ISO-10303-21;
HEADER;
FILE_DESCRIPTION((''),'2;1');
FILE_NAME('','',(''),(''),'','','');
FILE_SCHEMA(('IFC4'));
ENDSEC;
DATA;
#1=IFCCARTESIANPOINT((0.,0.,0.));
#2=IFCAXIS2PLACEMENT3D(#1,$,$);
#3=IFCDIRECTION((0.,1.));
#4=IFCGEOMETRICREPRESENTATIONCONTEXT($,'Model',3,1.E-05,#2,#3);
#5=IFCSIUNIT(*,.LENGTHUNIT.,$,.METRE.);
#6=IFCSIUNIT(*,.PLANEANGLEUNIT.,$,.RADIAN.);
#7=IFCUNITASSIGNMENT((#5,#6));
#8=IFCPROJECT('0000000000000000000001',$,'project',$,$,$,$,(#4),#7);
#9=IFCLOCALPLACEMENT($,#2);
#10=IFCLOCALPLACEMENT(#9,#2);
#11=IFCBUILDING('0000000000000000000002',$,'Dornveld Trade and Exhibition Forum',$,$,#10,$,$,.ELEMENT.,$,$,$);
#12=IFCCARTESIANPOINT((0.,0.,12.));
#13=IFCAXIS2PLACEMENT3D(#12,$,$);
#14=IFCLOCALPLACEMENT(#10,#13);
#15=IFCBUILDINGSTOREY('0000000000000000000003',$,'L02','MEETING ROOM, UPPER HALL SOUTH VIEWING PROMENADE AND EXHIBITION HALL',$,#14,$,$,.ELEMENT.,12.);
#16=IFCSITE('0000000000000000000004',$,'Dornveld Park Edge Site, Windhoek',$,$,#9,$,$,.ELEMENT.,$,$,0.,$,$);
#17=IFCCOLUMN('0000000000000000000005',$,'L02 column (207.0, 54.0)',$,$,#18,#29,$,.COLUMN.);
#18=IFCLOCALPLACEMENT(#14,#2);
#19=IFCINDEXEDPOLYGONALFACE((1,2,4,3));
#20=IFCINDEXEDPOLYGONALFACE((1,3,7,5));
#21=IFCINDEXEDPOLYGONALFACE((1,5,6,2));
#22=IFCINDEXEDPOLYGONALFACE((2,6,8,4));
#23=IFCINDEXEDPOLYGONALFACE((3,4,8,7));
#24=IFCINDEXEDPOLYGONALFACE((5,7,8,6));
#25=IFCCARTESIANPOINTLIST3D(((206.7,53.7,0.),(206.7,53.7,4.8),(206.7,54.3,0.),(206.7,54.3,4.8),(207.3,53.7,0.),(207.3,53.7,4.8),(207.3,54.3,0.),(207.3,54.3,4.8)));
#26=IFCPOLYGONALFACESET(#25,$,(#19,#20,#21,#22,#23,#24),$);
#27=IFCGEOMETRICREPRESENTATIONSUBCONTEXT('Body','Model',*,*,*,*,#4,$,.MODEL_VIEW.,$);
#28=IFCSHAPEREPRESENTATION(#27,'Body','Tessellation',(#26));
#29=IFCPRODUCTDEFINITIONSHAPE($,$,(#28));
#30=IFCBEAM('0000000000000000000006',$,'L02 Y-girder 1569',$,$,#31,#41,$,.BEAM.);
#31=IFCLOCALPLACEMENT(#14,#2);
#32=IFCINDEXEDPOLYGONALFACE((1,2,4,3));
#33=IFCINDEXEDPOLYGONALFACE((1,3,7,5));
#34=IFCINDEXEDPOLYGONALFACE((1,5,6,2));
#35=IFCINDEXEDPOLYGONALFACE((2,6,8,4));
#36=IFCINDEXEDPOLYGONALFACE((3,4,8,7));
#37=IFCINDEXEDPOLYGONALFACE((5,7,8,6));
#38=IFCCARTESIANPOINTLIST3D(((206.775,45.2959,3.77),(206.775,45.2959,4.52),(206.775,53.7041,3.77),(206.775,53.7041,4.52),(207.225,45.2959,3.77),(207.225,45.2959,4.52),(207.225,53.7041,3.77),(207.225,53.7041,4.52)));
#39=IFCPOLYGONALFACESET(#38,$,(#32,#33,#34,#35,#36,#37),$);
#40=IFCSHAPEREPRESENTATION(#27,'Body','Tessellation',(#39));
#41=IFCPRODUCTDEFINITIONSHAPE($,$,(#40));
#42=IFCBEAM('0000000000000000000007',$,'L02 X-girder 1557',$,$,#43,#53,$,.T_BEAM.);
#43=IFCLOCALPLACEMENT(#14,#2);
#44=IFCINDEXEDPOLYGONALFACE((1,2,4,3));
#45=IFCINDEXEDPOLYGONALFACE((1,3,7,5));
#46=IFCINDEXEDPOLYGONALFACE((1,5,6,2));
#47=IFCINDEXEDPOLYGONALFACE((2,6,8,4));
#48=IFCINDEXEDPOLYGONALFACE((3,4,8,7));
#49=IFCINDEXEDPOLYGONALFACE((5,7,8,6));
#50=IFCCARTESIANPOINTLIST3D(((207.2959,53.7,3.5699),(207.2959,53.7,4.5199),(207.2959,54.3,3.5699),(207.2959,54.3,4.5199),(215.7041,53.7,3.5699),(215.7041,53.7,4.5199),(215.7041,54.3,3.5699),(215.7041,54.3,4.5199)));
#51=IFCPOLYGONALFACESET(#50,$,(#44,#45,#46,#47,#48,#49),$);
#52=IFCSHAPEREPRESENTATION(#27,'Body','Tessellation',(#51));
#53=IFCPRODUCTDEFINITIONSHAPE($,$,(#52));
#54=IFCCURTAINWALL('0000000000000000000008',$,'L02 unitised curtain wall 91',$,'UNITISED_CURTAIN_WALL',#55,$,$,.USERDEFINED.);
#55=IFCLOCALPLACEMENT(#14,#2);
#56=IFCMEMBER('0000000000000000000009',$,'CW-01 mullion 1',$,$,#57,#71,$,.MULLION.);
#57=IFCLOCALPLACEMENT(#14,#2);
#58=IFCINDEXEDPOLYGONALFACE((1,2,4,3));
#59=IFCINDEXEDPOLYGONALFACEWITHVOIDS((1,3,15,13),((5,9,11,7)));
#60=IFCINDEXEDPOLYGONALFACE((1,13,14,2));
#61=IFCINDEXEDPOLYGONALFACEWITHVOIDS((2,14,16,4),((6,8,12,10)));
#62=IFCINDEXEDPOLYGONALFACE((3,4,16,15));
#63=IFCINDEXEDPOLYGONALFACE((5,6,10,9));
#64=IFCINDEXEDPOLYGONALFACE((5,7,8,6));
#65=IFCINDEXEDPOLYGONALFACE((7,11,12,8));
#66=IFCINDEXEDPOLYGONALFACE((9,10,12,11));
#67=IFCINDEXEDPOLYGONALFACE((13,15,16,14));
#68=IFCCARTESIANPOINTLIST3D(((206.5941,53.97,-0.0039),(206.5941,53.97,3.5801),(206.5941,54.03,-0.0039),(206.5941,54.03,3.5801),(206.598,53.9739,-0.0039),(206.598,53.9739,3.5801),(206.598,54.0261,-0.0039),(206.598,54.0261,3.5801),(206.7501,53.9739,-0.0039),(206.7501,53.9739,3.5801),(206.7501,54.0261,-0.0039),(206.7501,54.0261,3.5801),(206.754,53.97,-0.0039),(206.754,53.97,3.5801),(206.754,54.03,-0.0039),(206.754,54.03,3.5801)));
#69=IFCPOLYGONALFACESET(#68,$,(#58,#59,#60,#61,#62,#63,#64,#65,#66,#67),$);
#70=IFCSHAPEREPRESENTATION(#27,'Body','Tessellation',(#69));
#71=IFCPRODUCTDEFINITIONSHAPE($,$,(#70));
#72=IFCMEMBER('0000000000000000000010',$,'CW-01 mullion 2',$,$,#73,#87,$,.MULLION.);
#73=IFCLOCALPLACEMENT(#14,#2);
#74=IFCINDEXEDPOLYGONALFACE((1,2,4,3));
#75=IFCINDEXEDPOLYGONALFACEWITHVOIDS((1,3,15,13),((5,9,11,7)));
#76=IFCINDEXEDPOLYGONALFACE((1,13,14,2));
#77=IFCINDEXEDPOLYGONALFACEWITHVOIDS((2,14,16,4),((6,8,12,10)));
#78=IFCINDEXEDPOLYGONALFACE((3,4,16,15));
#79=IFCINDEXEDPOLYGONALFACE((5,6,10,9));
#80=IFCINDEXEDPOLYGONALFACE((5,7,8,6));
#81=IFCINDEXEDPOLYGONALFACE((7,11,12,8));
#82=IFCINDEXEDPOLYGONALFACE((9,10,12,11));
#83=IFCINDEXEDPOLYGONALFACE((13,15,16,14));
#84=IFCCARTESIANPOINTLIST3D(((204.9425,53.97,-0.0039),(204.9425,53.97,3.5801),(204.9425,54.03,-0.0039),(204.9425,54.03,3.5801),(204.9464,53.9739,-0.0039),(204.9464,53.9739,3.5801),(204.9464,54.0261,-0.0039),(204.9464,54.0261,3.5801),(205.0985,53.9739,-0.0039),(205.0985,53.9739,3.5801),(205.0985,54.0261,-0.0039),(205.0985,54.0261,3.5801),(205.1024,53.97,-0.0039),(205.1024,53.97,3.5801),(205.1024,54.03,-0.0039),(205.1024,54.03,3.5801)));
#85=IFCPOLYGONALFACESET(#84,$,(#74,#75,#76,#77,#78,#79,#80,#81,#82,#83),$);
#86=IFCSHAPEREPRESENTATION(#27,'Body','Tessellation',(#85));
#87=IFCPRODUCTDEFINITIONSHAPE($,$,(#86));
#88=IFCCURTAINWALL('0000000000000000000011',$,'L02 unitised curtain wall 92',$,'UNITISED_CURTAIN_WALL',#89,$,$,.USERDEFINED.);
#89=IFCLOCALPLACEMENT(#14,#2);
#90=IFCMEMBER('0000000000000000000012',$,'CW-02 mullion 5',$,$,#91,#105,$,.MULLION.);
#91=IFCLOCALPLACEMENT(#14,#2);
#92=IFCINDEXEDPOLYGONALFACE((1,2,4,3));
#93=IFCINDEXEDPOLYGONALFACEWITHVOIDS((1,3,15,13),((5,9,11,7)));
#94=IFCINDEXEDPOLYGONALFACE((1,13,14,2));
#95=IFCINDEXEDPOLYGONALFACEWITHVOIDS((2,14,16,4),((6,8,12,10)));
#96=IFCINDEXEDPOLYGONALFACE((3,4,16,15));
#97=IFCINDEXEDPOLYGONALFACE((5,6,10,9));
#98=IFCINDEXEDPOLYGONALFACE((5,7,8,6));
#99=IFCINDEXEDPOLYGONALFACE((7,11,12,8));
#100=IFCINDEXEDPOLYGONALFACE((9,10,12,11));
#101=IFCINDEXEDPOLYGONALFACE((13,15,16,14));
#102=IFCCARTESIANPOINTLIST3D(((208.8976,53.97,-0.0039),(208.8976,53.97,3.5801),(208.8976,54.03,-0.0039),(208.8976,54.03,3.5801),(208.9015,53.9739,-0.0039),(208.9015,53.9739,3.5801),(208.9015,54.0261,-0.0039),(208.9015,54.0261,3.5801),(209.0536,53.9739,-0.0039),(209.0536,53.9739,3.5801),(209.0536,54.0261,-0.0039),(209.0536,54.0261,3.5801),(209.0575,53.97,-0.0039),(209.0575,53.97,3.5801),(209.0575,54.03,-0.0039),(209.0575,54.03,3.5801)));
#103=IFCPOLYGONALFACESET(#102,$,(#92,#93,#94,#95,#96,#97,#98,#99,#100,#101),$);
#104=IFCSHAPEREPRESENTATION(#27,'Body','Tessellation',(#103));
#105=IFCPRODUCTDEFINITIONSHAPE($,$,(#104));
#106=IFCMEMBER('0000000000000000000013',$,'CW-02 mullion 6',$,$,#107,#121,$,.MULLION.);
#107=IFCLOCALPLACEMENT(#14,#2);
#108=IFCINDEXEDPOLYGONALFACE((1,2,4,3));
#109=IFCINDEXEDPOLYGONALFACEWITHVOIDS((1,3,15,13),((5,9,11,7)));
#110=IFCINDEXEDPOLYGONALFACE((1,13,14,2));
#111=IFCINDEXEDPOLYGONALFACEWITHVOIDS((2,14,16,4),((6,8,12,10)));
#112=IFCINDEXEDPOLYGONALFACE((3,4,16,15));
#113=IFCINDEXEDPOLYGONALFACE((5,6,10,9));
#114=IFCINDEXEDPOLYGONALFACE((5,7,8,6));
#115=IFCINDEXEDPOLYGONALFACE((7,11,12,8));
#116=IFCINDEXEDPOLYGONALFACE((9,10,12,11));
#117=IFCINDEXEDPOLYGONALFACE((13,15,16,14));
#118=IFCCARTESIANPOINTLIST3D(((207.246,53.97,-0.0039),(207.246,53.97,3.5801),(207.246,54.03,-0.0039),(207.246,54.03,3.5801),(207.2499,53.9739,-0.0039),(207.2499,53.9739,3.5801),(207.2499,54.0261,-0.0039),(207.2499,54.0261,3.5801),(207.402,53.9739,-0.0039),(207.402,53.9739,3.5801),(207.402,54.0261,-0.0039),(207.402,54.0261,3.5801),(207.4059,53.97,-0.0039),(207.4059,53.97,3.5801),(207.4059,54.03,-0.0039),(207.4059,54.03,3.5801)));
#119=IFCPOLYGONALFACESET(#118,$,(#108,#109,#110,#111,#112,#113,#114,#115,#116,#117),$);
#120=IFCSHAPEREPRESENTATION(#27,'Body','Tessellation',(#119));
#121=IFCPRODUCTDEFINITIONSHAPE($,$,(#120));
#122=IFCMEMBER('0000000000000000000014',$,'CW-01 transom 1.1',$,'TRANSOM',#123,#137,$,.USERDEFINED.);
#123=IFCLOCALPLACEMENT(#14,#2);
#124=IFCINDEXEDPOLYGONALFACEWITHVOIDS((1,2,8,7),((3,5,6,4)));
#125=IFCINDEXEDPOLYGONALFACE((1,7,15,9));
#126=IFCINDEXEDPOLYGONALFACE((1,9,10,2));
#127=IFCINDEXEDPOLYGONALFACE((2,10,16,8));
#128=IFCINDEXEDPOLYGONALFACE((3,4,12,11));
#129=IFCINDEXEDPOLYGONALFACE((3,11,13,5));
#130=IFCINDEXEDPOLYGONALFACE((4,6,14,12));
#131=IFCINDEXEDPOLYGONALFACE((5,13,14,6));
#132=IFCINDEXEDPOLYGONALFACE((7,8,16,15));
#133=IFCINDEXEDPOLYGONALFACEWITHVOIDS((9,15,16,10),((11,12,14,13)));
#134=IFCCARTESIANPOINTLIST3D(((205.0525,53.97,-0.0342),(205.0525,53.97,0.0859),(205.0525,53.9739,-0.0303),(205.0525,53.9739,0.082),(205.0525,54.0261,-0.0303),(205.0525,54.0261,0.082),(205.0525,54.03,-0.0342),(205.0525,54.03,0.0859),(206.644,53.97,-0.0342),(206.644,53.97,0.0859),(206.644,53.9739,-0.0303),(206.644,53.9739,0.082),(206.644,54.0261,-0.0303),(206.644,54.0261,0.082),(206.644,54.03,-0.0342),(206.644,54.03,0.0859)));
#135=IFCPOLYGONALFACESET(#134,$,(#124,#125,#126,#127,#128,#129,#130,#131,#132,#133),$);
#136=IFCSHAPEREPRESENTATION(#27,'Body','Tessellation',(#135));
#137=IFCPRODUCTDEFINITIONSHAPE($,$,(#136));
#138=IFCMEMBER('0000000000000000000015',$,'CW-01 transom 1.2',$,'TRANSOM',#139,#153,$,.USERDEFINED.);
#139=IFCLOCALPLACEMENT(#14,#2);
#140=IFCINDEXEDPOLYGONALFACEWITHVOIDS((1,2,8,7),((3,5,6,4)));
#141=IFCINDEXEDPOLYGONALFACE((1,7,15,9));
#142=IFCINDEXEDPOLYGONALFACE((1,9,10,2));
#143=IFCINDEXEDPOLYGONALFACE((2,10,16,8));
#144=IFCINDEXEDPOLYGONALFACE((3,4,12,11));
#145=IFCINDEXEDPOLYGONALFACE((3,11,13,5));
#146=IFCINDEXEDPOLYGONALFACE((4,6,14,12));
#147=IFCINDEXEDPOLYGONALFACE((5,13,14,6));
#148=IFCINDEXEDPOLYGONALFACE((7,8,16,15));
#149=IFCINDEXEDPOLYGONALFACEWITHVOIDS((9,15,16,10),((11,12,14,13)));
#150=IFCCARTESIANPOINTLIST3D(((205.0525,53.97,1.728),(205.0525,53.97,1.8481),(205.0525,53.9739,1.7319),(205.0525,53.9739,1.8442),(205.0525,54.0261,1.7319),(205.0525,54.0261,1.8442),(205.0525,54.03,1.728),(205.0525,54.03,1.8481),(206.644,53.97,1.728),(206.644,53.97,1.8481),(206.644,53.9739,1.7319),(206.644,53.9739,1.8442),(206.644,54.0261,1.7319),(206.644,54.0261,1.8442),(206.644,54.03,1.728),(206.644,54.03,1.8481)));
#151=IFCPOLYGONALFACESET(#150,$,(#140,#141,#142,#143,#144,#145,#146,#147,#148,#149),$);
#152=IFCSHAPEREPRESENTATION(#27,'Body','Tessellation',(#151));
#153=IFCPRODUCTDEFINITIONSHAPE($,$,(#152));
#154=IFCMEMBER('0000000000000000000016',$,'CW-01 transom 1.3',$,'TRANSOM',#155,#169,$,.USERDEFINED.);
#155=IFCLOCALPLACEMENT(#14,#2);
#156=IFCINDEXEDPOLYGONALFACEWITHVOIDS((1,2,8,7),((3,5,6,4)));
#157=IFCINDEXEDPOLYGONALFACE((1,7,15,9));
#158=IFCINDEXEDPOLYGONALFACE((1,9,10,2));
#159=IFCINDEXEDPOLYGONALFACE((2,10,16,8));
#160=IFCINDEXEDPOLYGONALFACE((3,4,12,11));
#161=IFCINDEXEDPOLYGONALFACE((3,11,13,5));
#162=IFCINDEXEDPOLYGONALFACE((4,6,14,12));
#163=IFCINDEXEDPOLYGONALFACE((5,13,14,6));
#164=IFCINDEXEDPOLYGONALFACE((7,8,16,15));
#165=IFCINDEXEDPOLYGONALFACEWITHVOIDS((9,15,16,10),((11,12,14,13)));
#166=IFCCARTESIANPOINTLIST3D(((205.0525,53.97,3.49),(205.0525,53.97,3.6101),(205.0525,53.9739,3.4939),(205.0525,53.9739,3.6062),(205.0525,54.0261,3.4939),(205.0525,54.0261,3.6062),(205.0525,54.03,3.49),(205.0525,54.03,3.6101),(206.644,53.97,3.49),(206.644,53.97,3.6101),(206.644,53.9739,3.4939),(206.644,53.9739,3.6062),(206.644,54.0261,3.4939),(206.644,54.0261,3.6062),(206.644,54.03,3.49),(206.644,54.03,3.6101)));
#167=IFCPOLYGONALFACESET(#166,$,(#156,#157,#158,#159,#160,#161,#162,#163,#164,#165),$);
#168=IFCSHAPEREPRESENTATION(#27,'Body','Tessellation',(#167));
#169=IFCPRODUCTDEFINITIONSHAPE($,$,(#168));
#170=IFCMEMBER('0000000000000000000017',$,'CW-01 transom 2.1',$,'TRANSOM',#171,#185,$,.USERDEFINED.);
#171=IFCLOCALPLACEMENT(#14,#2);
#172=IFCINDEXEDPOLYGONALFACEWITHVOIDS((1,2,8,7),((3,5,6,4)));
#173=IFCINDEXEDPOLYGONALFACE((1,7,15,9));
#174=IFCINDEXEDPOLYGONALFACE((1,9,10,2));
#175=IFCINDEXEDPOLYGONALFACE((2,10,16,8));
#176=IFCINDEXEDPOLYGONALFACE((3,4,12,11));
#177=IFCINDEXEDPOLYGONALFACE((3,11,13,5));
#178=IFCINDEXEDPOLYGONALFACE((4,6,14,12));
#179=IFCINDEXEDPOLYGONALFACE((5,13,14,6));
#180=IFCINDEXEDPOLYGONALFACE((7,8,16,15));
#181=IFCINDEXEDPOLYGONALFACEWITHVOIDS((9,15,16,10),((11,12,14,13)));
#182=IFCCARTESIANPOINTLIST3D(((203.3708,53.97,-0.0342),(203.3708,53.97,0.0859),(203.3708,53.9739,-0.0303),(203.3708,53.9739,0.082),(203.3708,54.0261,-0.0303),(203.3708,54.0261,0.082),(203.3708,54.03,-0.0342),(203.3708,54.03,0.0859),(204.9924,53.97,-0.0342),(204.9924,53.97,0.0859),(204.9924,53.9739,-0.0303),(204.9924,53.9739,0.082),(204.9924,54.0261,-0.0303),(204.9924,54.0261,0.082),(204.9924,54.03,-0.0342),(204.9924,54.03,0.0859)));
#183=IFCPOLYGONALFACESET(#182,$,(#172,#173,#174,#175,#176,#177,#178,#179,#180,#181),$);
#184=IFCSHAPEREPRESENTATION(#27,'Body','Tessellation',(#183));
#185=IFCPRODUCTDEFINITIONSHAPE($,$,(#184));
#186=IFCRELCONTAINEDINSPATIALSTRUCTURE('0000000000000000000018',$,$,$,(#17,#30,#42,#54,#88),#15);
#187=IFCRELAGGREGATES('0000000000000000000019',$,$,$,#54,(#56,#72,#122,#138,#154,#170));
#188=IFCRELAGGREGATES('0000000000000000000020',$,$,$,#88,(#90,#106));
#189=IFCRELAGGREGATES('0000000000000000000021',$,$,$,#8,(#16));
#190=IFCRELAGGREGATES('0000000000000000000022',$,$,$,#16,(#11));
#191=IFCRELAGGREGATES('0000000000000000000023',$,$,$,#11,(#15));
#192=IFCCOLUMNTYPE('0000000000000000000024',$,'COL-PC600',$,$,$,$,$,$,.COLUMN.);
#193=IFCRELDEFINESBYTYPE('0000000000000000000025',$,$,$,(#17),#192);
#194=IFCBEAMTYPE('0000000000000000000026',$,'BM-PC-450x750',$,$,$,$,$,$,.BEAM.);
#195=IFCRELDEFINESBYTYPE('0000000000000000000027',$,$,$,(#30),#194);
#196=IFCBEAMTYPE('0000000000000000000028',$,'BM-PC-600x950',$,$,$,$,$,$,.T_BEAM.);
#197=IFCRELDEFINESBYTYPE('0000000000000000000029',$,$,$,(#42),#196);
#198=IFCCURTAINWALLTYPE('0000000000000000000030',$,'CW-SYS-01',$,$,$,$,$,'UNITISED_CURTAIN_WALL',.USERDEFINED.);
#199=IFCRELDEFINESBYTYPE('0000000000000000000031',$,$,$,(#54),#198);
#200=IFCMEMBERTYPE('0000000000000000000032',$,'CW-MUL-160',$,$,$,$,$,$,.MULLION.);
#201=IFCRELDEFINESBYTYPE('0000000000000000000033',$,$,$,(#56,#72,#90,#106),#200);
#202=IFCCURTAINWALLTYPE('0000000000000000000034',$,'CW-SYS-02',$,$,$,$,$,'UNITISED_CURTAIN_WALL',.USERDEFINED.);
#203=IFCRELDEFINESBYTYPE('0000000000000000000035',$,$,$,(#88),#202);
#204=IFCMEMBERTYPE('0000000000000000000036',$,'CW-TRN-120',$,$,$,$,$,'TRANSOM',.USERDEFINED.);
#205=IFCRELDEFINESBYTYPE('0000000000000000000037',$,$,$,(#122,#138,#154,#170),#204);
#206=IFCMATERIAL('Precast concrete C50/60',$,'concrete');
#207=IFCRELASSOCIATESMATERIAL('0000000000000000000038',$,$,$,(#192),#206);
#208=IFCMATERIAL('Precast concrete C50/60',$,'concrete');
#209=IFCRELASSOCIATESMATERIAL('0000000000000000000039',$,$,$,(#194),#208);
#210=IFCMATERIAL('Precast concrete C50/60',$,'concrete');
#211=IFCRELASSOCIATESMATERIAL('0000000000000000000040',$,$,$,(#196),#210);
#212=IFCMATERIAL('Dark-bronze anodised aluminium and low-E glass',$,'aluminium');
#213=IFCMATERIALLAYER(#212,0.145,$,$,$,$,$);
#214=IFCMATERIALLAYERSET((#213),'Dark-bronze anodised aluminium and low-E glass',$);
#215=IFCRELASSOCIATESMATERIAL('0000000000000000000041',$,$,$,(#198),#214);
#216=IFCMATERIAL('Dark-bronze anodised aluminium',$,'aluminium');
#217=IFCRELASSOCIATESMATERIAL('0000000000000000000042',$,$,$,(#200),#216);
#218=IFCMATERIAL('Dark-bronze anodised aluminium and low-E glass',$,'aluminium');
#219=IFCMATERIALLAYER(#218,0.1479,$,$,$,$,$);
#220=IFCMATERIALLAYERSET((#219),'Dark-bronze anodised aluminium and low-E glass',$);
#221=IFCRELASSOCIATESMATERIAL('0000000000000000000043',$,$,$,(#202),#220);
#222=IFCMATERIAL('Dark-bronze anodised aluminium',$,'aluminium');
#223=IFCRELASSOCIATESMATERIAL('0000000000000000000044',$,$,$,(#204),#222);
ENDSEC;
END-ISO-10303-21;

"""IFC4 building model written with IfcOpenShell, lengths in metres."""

from ifc_helpers import new_model, si_unit, direction, frame, origin, origin_2d, place, context, subcontext, project, spatial, rectangle, hollow_rectangle, extrude, material, layer, layer_set, material_profile, profile_set, type_object, element, aggregate, save


model = new_model("IFC4")

# Units and contexts
model_context = context("Model", 3, precision=1e-05, world=origin(), true_north=direction((0.0, 1.0)))
body_context = subcontext(model_context, "Body", "Model", "MODEL_VIEW")
ifc_project = project(units=[si_unit("LENGTHUNIT", "METRE"), si_unit("PLANEANGLEUNIT", "RADIAN")], contexts=[model_context])

# Site, building, storey
site_placement = place(None, origin())
site = spatial("IfcSite", under=ifc_project, at=site_placement, Name="Dornveld Park Edge Site, Windhoek", CompositionType="ELEMENT", RefElevation=0.0)
building_placement = place(site_placement, origin())
building = spatial("IfcBuilding", under=site, at=building_placement, Name="Dornveld Trade and Exhibition Forum", CompositionType="ELEMENT")
storey_placement = place(building_placement, frame((0.0, 0.0, 12.0)))
storey = spatial("IfcBuildingStorey", under=building, at=storey_placement, Name="L02", Description="MEETING ROOM, UPPER HALL SOUTH VIEWING PROMENADE AND EXHIBITION HALL", CompositionType="ELEMENT", Elevation=12.0)

# Column
ifc_material_1 = material(Name="Precast concrete C50/60", Category="concrete")
ifc_material_profile_1 = material_profile(ifc_material_1, rectangle(XDim=0.6001, YDim=0.6001, at=origin_2d()), Name="PC-COL 600x600")
ifc_profile_set_1 = profile_set([ifc_material_profile_1], Name="Precast concrete C50/60")
column_type = type_object("IfcColumnType", Name="COL-PC600", PredefinedType="COLUMN", material=ifc_profile_set_1)
column_placement = place(storey_placement, frame((207.0, 54.0, 0.0), z_axis=(0.0, 0.0, 1.0), x_axis=(1.0, 0.0, 0.0)))
element("IfcColumn", 1, at=column_placement, inside=storey, type_object=column_type, Name="L02 column (207.0, 54.0)", PredefinedType="COLUMN", context=body_context, shape_type="SweptSolid", body=[
    extrude(rectangle(XDim=0.6001, YDim=0.6001, at=origin_2d()), origin(), (0.0, 0.0, 1.0), 4.8),
])

# Beams
ifc_material_2 = material(Name="Precast concrete C50/60", Category="concrete")
ifc_material_profile_2 = material_profile(ifc_material_2, rectangle(XDim=0.45, YDim=0.75, at=origin_2d()), Name="PC-BM 450x750")
ifc_profile_set_2 = profile_set([ifc_material_profile_2], Name="Precast concrete C50/60")
beam_type_1 = type_object("IfcBeamType", Name="BM-PC-450x750", PredefinedType="BEAM", material=ifc_profile_set_2)
beam_1_placement = place(storey_placement, frame((207.0, 45.2959, 4.145), z_axis=(0.0, 1.0, 0.0), x_axis=(-1.0, 0.0, 0.0)))
element("IfcBeam", 2, at=beam_1_placement, inside=storey, type_object=beam_type_1, Name="L02 Y-girder 1569", PredefinedType="BEAM", context=body_context, shape_type="SweptSolid", body=[
    extrude(rectangle(XDim=0.45, YDim=0.75, at=origin_2d()), origin(), (0.0, 0.0, 1.0), 8.4082),
])
ifc_material_3 = material(Name="Precast concrete C50/60", Category="concrete")
ifc_material_profile_3 = material_profile(ifc_material_3, rectangle(XDim=0.6001, YDim=0.95, at=origin_2d()), Name="PC-GIR 600x950")
ifc_profile_set_3 = profile_set([ifc_material_profile_3], Name="Precast concrete C50/60")
beam_type_2 = type_object("IfcBeamType", Name="BM-PC-600x950", PredefinedType="T_BEAM", material=ifc_profile_set_3)
beam_2_placement = place(storey_placement, frame((207.2959, 54.0, 4.0449), z_axis=(1.0, 0.0, 0.0), x_axis=(0.0, 1.0, 0.0)))
element("IfcBeam", 3, at=beam_2_placement, inside=storey, type_object=beam_type_2, Name="L02 X-girder 1557", PredefinedType="T_BEAM", context=body_context, shape_type="SweptSolid", body=[
    extrude(rectangle(XDim=0.6001, YDim=0.95, at=origin_2d()), origin(), (0.0, 0.0, 1.0), 8.4082),
])

# Curtain walls, members
ifc_material_4 = material(Name="Dark-bronze anodised aluminium and low-E glass", Category="aluminium")
ifc_layer_1 = layer(ifc_material_4, 0.145)
ifc_layer_set_1 = layer_set([ifc_layer_1], Name="Dark-bronze anodised aluminium and low-E glass")
curtain_wall_type_1 = type_object("IfcCurtainWallType", Name="CW-SYS-01", ElementType="UNITISED_CURTAIN_WALL", PredefinedType="USERDEFINED", material=ifc_layer_set_1)
curtain_wall_1_placement = place(storey_placement, origin())
curtain_wall_1 = element("IfcCurtainWall", 4, at=curtain_wall_1_placement, inside=storey, type_object=curtain_wall_type_1, Name="L02 unitised curtain wall 91", ObjectType="UNITISED_CURTAIN_WALL", PredefinedType="USERDEFINED")
ifc_material_5 = material(Name="Dark-bronze anodised aluminium", Category="aluminium")
ifc_material_profile_4 = material_profile(ifc_material_5, hollow_rectangle(XDim=0.0601, YDim=0.1599, WallThickness=0.0039, at=origin_2d()), Name="RHS 160x60x4")
ifc_profile_set_4 = profile_set([ifc_material_profile_4], Name="Dark-bronze anodised aluminium")
member_type_1 = type_object("IfcMemberType", Name="CW-MUL-160", PredefinedType="MULLION", material=ifc_profile_set_4)
member_1_placement = place(storey_placement, frame((206.6741, 54.0, -0.0039), z_axis=(0.0, 0.0, 1.0), x_axis=(0.0, -1.0, 0.0)))
member_1 = element("IfcMember", 5, at=member_1_placement, type_object=member_type_1, Name="CW-01 mullion 1", PredefinedType="MULLION", context=body_context, shape_type="SweptSolid", body=[
    extrude(hollow_rectangle(XDim=0.0601, YDim=0.1599, WallThickness=0.0039, at=origin_2d()), origin(), (0.0, 0.0, 1.0), 3.584),
])
member_2_placement = place(storey_placement, frame((205.0225, 54.0, -0.0039), z_axis=(0.0, 0.0, 1.0), x_axis=(0.0, -1.0, 0.0)))
member_2 = element("IfcMember", 6, at=member_2_placement, type_object=member_type_1, Name="CW-01 mullion 2", PredefinedType="MULLION", context=body_context, shape_type="SweptSolid", body=[
    extrude(hollow_rectangle(XDim=0.0601, YDim=0.1599, WallThickness=0.0039, at=origin_2d()), origin(), (0.0, 0.0, 1.0), 3.584),
])
ifc_material_6 = material(Name="Dark-bronze anodised aluminium and low-E glass", Category="aluminium")
ifc_layer_2 = layer(ifc_material_6, 0.1479)
ifc_layer_set_2 = layer_set([ifc_layer_2], Name="Dark-bronze anodised aluminium and low-E glass")
curtain_wall_type_2 = type_object("IfcCurtainWallType", Name="CW-SYS-02", ElementType="UNITISED_CURTAIN_WALL", PredefinedType="USERDEFINED", material=ifc_layer_set_2)
curtain_wall_2_placement = place(storey_placement, origin())
curtain_wall_2 = element("IfcCurtainWall", 7, at=curtain_wall_2_placement, inside=storey, type_object=curtain_wall_type_2, Name="L02 unitised curtain wall 92", ObjectType="UNITISED_CURTAIN_WALL", PredefinedType="USERDEFINED")
member_3_placement = place(storey_placement, frame((208.9775, 54.0, -0.0039), z_axis=(0.0, 0.0, 1.0), x_axis=(0.0, -1.0, 0.0)))
member_3 = element("IfcMember", 8, at=member_3_placement, type_object=member_type_1, Name="CW-02 mullion 5", PredefinedType="MULLION", context=body_context, shape_type="SweptSolid", body=[
    extrude(hollow_rectangle(XDim=0.0601, YDim=0.1599, WallThickness=0.0039, at=origin_2d()), origin(), (0.0, 0.0, 1.0), 3.584),
])
member_4_placement = place(storey_placement, frame((207.3259, 54.0, -0.0039), z_axis=(0.0, 0.0, 1.0), x_axis=(0.0, -1.0, 0.0)))
member_4 = element("IfcMember", 9, at=member_4_placement, type_object=member_type_1, Name="CW-02 mullion 6", PredefinedType="MULLION", context=body_context, shape_type="SweptSolid", body=[
    extrude(hollow_rectangle(XDim=0.0601, YDim=0.1599, WallThickness=0.0039, at=origin_2d()), origin(), (0.0, 0.0, 1.0), 3.584),
])

# Members
ifc_material_7 = material(Name="Dark-bronze anodised aluminium", Category="aluminium")
ifc_material_profile_5 = material_profile(ifc_material_7, hollow_rectangle(XDim=0.0601, YDim=0.1201, WallThickness=0.0039, at=origin_2d()), Name="RHS 120x60x4")
ifc_profile_set_5 = profile_set([ifc_material_profile_5], Name="Dark-bronze anodised aluminium")
member_type_2 = type_object("IfcMemberType", Name="CW-TRN-120", ElementType="TRANSOM", PredefinedType="USERDEFINED", material=ifc_profile_set_5)
member_5_placement = place(storey_placement, frame((206.644, 54.0, 0.0259), z_axis=(-1.0, 0.0, 0.0), x_axis=(0.0, -1.0, 0.0)))
member_5 = element("IfcMember", 10, at=member_5_placement, type_object=member_type_2, Name="CW-01 transom 1.1", ObjectType="TRANSOM", PredefinedType="USERDEFINED", context=body_context, shape_type="SweptSolid", body=[
    extrude(hollow_rectangle(XDim=0.0601, YDim=0.1201, WallThickness=0.0039, at=origin_2d()), origin(), (0.0, 0.0, 1.0), 1.5916),
])
member_6_placement = place(storey_placement, frame((206.644, 54.0, 1.7881), z_axis=(-1.0, 0.0, 0.0), x_axis=(0.0, -1.0, 0.0)))
member_6 = element("IfcMember", 11, at=member_6_placement, type_object=member_type_2, Name="CW-01 transom 1.2", ObjectType="TRANSOM", PredefinedType="USERDEFINED", context=body_context, shape_type="SweptSolid", body=[
    extrude(hollow_rectangle(XDim=0.0601, YDim=0.1201, WallThickness=0.0039, at=origin_2d()), origin(), (0.0, 0.0, 1.0), 1.5916),
])
member_7_placement = place(storey_placement, frame((206.644, 54.0, 3.55), z_axis=(-1.0, 0.0, 0.0), x_axis=(0.0, -1.0, 0.0)))
member_7 = element("IfcMember", 12, at=member_7_placement, type_object=member_type_2, Name="CW-01 transom 1.3", ObjectType="TRANSOM", PredefinedType="USERDEFINED", context=body_context, shape_type="SweptSolid", body=[
    extrude(hollow_rectangle(XDim=0.0601, YDim=0.1201, WallThickness=0.0039, at=origin_2d()), origin(), (0.0, 0.0, 1.0), 1.5916),
])
member_8_placement = place(storey_placement, frame((204.9924, 54.0, 0.0259), z_axis=(-1.0, 0.0, 0.0), x_axis=(0.0, -1.0, 0.0)))
member_8 = element("IfcMember", 13, at=member_8_placement, type_object=member_type_2, Name="CW-01 transom 2.1", ObjectType="TRANSOM", PredefinedType="USERDEFINED", context=body_context, shape_type="SweptSolid", body=[
    extrude(hollow_rectangle(XDim=0.0601, YDim=0.1201, WallThickness=0.0039, at=origin_2d()), origin(), (0.0, 0.0, 1.0), 1.6216),
])

aggregate(curtain_wall_1, [member_1, member_2, member_5, member_6, member_7, member_8])
aggregate(curtain_wall_2, [member_3, member_4])

save(model, "model.ifc")
